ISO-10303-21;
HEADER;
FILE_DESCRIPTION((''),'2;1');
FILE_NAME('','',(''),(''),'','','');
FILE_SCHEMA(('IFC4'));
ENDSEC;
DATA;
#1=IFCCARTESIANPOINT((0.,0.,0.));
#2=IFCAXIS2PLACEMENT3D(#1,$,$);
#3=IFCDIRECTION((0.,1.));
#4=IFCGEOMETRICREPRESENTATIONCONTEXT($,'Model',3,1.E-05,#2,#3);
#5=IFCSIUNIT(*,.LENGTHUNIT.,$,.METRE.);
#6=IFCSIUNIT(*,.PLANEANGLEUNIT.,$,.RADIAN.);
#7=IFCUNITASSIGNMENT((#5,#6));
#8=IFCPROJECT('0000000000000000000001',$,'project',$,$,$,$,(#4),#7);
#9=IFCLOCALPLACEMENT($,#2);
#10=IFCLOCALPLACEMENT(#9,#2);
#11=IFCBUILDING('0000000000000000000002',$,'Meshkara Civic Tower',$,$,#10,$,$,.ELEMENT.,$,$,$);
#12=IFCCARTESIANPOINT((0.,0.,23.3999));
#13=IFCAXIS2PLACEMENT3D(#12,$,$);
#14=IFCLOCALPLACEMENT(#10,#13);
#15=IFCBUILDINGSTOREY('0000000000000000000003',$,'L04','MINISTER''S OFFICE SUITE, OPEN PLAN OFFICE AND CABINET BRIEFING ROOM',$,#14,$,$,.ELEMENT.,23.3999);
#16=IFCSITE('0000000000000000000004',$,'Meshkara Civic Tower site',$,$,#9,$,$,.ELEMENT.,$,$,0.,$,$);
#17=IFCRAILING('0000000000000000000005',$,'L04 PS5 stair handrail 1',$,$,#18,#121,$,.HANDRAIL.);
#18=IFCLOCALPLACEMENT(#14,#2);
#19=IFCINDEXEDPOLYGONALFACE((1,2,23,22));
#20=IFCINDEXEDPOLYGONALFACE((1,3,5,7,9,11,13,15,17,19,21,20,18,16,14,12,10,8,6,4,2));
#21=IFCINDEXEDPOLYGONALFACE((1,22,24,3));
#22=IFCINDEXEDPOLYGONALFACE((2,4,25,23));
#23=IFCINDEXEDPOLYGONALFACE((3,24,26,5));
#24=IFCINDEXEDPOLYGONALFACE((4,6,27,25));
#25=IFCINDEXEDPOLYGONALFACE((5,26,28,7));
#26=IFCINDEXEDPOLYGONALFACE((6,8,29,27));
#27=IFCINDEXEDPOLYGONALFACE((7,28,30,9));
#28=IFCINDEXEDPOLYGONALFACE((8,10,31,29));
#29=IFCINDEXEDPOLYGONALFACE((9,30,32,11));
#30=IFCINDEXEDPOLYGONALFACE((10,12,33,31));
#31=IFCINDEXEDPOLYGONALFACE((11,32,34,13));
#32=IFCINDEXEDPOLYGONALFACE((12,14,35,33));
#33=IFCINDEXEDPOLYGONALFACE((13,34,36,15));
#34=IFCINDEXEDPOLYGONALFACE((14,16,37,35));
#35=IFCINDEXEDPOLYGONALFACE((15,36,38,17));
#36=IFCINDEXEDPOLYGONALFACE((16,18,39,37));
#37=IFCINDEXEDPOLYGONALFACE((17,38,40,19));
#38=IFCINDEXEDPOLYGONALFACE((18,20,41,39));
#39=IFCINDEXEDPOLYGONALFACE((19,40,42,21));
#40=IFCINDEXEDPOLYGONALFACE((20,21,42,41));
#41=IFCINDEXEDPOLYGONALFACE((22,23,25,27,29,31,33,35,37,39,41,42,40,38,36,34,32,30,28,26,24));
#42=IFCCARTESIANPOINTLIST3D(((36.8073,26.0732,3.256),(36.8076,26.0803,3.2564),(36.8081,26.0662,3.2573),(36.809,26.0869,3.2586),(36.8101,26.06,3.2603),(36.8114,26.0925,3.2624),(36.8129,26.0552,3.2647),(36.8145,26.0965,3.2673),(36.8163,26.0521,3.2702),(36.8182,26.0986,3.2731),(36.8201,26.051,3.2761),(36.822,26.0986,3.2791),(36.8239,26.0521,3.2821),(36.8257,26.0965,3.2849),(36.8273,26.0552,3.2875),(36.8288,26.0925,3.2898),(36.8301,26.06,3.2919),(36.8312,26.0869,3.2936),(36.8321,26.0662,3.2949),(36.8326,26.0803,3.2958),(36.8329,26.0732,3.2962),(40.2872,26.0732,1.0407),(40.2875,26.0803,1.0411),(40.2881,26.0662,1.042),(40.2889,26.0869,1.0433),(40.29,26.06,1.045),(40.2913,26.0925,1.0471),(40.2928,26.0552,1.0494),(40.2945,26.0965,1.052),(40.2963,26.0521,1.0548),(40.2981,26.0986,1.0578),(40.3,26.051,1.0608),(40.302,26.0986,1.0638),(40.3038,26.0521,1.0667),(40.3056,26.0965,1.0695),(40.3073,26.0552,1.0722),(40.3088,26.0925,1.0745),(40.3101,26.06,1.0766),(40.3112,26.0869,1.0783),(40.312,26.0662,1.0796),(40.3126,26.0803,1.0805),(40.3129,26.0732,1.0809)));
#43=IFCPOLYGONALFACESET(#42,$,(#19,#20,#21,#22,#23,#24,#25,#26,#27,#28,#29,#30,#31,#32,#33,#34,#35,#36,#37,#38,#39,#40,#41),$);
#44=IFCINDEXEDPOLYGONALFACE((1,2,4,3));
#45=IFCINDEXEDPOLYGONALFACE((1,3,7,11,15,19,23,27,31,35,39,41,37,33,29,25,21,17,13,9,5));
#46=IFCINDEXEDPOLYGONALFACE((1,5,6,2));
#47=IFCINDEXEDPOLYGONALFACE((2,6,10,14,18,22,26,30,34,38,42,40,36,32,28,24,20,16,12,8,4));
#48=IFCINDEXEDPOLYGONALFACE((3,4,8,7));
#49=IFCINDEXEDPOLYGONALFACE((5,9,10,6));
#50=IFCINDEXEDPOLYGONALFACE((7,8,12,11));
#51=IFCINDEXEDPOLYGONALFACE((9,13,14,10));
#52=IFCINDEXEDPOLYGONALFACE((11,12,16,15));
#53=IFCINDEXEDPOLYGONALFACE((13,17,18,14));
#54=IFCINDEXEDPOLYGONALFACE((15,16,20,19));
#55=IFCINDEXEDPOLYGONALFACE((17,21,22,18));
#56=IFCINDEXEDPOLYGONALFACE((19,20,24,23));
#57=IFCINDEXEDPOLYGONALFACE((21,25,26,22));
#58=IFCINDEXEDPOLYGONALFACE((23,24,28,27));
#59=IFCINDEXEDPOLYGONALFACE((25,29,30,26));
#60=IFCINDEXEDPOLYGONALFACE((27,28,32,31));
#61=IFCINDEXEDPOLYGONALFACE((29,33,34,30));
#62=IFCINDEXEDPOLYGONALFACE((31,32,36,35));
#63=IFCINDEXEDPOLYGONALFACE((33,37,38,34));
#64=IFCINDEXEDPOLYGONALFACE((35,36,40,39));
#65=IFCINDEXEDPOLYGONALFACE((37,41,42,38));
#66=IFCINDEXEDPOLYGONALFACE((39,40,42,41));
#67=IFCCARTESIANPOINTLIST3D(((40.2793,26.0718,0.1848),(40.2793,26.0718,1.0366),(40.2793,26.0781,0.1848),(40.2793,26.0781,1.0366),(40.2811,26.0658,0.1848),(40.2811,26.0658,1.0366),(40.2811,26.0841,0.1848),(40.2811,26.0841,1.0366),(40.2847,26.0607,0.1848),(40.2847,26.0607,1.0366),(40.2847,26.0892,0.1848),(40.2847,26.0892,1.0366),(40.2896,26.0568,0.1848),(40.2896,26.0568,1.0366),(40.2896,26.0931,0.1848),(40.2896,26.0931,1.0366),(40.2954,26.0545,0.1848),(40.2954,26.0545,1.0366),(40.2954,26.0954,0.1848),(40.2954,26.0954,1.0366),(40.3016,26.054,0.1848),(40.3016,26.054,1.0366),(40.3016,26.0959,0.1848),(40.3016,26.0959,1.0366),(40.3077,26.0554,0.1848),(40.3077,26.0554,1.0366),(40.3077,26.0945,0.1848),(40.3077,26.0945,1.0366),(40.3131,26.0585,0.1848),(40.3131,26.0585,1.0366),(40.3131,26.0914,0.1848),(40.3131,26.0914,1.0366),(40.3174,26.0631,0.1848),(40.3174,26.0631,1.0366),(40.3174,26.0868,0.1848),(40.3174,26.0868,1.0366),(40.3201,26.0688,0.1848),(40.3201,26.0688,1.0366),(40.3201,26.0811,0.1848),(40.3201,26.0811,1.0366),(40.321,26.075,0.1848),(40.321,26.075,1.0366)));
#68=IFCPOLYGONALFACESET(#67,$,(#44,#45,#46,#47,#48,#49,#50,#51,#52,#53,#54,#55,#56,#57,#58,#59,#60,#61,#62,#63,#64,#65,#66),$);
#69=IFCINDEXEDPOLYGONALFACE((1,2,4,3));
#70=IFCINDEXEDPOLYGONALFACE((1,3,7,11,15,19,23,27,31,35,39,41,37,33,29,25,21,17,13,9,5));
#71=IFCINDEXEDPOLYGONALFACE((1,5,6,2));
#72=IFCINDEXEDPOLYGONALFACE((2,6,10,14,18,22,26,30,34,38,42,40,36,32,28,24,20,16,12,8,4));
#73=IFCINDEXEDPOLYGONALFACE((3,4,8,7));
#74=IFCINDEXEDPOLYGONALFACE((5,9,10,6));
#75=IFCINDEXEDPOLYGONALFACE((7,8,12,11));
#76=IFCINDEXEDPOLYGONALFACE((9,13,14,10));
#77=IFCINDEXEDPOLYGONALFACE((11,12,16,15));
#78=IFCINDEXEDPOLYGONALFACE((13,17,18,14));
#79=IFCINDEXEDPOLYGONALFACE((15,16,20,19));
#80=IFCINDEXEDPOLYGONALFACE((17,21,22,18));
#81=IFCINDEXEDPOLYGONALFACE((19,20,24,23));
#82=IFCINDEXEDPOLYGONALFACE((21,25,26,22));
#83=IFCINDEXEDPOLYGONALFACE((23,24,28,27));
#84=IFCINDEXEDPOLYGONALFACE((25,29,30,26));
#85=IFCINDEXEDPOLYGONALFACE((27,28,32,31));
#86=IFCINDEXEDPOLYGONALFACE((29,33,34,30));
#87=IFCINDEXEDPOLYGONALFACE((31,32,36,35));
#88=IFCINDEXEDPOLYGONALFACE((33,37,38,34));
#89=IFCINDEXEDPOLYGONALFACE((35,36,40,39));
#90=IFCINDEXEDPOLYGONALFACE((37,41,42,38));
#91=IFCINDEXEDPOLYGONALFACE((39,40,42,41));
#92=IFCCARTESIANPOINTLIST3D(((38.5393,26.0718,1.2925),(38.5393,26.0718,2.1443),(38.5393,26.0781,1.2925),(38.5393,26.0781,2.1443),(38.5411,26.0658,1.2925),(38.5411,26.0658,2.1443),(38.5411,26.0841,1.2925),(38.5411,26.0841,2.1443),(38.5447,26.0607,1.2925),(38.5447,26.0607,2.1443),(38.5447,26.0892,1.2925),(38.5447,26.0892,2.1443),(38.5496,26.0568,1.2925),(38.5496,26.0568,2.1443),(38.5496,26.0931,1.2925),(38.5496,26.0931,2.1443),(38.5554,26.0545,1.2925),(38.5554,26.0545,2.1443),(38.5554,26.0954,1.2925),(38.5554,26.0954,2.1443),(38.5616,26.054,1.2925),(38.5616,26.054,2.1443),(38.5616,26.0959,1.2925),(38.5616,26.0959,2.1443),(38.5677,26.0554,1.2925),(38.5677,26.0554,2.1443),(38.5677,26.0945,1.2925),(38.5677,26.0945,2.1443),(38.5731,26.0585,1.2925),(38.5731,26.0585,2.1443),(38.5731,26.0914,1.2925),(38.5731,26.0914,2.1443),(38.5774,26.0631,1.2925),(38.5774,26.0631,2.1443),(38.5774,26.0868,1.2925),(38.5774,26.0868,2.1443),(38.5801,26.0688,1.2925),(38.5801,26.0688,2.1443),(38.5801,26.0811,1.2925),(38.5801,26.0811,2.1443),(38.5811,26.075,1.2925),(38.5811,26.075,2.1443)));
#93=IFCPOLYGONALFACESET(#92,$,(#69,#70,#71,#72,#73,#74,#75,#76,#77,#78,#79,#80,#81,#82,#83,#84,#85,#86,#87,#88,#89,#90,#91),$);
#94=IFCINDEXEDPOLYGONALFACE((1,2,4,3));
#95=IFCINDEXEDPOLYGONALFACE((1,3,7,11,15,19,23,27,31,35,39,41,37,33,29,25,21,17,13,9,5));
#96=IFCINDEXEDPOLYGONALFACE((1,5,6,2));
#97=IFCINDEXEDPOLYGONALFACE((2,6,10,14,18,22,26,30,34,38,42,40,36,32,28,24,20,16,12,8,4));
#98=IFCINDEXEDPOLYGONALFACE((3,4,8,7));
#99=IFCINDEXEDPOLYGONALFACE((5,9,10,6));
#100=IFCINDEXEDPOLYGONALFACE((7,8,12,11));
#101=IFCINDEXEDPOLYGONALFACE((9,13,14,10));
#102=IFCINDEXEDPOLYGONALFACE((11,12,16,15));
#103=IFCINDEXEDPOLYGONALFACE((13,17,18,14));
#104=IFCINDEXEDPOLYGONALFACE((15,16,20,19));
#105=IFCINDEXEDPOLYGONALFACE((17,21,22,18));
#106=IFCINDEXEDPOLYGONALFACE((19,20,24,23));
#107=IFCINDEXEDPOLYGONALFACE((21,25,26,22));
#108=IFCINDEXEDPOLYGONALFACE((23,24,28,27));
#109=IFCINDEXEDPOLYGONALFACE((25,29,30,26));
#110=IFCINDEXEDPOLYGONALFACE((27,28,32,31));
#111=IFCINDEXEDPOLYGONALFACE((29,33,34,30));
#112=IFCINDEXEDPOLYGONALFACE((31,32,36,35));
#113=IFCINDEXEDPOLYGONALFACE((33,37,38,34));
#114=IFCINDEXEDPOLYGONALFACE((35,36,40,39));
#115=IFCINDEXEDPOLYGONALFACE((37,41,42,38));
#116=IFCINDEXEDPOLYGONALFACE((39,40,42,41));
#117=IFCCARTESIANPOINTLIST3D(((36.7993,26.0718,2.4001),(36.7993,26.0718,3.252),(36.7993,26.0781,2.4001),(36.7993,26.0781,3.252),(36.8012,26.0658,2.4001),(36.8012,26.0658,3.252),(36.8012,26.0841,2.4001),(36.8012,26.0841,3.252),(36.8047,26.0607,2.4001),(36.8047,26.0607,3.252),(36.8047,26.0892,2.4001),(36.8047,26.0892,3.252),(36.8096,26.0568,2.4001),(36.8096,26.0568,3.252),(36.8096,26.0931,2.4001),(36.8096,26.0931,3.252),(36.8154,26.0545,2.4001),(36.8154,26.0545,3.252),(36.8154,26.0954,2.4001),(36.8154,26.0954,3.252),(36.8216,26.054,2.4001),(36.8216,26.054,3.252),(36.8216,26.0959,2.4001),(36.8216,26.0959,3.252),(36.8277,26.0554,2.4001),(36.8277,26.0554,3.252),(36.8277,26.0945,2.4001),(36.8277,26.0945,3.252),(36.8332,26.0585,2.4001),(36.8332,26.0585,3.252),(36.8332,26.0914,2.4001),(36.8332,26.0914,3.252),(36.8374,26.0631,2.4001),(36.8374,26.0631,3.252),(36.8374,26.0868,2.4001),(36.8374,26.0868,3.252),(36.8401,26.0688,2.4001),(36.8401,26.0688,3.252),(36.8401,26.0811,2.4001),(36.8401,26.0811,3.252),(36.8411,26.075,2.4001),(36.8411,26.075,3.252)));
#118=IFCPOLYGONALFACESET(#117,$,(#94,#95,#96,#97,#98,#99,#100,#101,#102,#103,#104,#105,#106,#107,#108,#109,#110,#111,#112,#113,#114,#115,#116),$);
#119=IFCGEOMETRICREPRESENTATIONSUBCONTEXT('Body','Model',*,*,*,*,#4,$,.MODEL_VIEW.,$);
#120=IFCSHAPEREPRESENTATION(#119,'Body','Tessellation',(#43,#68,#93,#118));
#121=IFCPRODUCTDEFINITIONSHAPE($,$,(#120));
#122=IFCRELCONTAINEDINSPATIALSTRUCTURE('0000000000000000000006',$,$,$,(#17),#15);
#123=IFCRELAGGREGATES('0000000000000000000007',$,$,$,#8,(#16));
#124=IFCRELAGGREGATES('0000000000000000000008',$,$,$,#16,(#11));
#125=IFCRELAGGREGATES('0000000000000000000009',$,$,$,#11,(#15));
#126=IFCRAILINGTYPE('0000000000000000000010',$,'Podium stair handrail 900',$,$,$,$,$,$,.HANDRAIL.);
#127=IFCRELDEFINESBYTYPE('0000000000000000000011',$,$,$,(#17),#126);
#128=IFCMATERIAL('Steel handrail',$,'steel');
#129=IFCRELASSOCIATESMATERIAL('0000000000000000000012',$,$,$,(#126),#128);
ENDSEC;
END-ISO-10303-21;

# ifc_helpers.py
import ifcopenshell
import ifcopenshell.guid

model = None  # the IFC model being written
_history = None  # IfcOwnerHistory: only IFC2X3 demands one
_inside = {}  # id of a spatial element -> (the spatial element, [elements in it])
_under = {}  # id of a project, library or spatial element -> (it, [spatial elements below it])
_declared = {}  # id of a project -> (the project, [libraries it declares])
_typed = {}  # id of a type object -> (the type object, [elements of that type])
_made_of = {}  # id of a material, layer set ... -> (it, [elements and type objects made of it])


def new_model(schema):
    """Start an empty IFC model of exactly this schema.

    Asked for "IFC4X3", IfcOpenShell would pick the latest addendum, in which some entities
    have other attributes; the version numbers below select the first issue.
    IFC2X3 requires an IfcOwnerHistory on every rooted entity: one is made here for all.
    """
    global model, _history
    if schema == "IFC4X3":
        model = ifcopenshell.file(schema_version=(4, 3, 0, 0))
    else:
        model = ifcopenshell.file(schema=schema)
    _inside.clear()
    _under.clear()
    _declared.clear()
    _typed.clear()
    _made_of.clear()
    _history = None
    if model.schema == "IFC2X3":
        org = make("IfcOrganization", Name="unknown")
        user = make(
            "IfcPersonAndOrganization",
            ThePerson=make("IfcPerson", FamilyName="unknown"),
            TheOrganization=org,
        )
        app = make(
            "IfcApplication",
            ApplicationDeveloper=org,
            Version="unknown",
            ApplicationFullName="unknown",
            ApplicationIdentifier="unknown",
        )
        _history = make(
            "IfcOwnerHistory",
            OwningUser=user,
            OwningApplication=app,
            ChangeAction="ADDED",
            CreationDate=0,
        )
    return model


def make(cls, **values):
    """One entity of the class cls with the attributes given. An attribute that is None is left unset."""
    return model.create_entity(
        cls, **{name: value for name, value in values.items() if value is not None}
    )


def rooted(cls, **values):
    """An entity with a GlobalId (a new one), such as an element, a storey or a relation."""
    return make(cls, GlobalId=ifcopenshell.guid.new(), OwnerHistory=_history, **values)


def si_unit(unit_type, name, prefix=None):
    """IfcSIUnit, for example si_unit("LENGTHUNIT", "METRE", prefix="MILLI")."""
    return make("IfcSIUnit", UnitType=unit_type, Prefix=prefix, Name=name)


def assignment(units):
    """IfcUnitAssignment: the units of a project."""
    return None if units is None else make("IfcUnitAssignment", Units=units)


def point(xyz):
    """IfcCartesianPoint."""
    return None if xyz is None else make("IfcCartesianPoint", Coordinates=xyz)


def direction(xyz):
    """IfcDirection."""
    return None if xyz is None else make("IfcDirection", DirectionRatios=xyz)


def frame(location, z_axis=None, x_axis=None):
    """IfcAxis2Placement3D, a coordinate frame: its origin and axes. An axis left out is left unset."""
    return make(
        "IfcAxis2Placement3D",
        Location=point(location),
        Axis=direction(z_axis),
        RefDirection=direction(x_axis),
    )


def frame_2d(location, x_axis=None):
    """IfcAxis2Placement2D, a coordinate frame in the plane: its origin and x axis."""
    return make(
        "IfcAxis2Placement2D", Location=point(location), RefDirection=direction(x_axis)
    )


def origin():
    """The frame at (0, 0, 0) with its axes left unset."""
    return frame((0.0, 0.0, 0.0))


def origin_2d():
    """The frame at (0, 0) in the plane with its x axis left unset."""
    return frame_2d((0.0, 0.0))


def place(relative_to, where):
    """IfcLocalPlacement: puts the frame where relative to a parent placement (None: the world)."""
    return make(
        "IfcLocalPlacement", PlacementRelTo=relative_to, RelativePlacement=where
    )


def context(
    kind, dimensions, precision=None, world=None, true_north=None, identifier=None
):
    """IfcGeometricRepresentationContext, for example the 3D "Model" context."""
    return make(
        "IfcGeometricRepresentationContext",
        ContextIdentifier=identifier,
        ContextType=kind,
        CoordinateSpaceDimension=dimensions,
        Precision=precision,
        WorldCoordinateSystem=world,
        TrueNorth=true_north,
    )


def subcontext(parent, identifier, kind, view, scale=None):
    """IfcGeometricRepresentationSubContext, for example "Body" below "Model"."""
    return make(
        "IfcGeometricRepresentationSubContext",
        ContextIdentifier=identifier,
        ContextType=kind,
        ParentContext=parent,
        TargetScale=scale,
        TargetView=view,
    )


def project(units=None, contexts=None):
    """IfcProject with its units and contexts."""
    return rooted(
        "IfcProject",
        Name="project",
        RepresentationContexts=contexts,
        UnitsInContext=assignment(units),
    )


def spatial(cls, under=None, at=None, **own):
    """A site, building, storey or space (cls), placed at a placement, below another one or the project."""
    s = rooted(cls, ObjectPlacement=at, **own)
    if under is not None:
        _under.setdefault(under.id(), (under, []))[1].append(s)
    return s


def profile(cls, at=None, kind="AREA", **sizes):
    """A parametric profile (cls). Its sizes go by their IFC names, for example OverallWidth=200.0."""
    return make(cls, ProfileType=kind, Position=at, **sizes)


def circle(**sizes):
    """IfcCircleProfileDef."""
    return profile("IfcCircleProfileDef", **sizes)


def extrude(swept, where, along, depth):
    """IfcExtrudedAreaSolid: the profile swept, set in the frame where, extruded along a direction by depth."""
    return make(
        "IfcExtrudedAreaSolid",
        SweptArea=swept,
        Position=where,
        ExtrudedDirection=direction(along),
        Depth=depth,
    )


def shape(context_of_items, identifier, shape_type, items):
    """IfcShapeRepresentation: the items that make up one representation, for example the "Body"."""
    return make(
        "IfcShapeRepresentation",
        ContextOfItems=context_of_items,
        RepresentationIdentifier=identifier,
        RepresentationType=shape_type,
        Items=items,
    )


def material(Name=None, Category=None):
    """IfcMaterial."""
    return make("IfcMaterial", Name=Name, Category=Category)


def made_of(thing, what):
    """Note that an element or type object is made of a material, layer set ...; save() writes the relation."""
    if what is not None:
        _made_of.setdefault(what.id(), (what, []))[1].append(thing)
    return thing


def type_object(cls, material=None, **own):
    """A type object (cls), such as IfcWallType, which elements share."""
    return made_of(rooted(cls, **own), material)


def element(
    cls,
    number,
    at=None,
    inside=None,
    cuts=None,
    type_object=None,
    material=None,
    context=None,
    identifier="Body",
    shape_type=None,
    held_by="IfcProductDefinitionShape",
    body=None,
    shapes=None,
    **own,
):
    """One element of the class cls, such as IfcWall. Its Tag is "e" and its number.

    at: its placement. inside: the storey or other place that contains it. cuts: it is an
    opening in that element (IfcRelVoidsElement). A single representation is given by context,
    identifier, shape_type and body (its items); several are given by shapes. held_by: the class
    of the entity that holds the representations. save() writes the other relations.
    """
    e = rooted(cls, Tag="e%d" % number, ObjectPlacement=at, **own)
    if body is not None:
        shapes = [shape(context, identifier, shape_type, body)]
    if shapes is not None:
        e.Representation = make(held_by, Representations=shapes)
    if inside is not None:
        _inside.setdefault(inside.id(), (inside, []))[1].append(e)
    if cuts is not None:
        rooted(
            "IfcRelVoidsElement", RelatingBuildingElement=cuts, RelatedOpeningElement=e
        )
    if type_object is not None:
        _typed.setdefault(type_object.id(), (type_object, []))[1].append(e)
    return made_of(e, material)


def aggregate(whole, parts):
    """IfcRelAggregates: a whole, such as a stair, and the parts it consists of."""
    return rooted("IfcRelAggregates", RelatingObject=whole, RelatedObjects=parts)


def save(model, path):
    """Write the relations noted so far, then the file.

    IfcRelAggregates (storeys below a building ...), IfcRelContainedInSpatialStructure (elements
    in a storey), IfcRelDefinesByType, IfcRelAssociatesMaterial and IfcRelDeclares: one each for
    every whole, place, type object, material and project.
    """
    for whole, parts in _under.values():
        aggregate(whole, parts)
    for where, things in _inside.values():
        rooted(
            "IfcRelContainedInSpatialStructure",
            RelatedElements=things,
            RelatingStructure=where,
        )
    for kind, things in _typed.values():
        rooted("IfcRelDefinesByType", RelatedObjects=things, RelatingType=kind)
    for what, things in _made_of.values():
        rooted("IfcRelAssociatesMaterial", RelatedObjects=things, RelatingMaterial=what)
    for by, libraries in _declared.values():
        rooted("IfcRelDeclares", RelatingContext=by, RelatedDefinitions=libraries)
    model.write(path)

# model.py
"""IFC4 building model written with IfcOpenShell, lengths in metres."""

from ifc_helpers import new_model, si_unit, direction, frame, origin, origin_2d, place, context, subcontext, project, spatial, circle, extrude, material, type_object, element, save


model = new_model("IFC4")

# Units and contexts
model_context = context("Model", 3, precision=1e-05, world=origin(), true_north=direction((0.0, 1.0)))
body_context = subcontext(model_context, "Body", "Model", "MODEL_VIEW")
ifc_project = project(units=[si_unit("LENGTHUNIT", "METRE"), si_unit("PLANEANGLEUNIT", "RADIAN")], contexts=[model_context])

# Site, building, storey
site_placement = place(None, origin())
site = spatial("IfcSite", under=ifc_project, at=site_placement, Name="Meshkara Civic Tower site", CompositionType="ELEMENT", RefElevation=0.0)
building_placement = place(site_placement, origin())
building = spatial("IfcBuilding", under=site, at=building_placement, Name="Meshkara Civic Tower", CompositionType="ELEMENT")
storey_placement = place(building_placement, frame((0.0, 0.0, 23.3999)))
storey = spatial("IfcBuildingStorey", under=building, at=storey_placement, Name="L04", Description="MINISTER'S OFFICE SUITE, OPEN PLAN OFFICE AND CABINET BRIEFING ROOM", CompositionType="ELEMENT", Elevation=23.3999)

# Railing
ifc_material_1 = material(Name="Steel handrail", Category="steel")
railing_type_1 = type_object("IfcRailingType", Name="Podium stair handrail 900", PredefinedType="HANDRAIL", material=ifc_material_1)
railing_1_placement = place(storey_placement, frame((40.3, 26.075, 0.1848)))
element("IfcRailing", 1, at=railing_1_placement, inside=storey, type_object=railing_type_1, Name="L04 PS5 stair handrail 1", PredefinedType="HANDRAIL", context=body_context, shape_type="SweptSolid", body=[
    extrude(circle(Radius=0.0239, at=origin_2d()), frame((0.0, 0.0, 0.876), z_axis=(-0.843574, 0.0, 0.537013), x_axis=(0.0, -1.0, 0.0)), (0.0, 0.0, 1.0), 4.1252),
    extrude(circle(Radius=0.021, at=origin_2d()), origin(), (0.0, 0.0, 1.0), 0.8518),
    extrude(circle(Radius=0.021, at=origin_2d()), frame((-1.74, 0.0, 1.1077)), (0.0, 0.0, 1.0), 0.8518),
    extrude(circle(Radius=0.021, at=origin_2d()), frame((-3.48, 0.0, 2.2153)), (0.0, 0.0, 1.0), 0.8518),
])

save(model, "model.ifc")
